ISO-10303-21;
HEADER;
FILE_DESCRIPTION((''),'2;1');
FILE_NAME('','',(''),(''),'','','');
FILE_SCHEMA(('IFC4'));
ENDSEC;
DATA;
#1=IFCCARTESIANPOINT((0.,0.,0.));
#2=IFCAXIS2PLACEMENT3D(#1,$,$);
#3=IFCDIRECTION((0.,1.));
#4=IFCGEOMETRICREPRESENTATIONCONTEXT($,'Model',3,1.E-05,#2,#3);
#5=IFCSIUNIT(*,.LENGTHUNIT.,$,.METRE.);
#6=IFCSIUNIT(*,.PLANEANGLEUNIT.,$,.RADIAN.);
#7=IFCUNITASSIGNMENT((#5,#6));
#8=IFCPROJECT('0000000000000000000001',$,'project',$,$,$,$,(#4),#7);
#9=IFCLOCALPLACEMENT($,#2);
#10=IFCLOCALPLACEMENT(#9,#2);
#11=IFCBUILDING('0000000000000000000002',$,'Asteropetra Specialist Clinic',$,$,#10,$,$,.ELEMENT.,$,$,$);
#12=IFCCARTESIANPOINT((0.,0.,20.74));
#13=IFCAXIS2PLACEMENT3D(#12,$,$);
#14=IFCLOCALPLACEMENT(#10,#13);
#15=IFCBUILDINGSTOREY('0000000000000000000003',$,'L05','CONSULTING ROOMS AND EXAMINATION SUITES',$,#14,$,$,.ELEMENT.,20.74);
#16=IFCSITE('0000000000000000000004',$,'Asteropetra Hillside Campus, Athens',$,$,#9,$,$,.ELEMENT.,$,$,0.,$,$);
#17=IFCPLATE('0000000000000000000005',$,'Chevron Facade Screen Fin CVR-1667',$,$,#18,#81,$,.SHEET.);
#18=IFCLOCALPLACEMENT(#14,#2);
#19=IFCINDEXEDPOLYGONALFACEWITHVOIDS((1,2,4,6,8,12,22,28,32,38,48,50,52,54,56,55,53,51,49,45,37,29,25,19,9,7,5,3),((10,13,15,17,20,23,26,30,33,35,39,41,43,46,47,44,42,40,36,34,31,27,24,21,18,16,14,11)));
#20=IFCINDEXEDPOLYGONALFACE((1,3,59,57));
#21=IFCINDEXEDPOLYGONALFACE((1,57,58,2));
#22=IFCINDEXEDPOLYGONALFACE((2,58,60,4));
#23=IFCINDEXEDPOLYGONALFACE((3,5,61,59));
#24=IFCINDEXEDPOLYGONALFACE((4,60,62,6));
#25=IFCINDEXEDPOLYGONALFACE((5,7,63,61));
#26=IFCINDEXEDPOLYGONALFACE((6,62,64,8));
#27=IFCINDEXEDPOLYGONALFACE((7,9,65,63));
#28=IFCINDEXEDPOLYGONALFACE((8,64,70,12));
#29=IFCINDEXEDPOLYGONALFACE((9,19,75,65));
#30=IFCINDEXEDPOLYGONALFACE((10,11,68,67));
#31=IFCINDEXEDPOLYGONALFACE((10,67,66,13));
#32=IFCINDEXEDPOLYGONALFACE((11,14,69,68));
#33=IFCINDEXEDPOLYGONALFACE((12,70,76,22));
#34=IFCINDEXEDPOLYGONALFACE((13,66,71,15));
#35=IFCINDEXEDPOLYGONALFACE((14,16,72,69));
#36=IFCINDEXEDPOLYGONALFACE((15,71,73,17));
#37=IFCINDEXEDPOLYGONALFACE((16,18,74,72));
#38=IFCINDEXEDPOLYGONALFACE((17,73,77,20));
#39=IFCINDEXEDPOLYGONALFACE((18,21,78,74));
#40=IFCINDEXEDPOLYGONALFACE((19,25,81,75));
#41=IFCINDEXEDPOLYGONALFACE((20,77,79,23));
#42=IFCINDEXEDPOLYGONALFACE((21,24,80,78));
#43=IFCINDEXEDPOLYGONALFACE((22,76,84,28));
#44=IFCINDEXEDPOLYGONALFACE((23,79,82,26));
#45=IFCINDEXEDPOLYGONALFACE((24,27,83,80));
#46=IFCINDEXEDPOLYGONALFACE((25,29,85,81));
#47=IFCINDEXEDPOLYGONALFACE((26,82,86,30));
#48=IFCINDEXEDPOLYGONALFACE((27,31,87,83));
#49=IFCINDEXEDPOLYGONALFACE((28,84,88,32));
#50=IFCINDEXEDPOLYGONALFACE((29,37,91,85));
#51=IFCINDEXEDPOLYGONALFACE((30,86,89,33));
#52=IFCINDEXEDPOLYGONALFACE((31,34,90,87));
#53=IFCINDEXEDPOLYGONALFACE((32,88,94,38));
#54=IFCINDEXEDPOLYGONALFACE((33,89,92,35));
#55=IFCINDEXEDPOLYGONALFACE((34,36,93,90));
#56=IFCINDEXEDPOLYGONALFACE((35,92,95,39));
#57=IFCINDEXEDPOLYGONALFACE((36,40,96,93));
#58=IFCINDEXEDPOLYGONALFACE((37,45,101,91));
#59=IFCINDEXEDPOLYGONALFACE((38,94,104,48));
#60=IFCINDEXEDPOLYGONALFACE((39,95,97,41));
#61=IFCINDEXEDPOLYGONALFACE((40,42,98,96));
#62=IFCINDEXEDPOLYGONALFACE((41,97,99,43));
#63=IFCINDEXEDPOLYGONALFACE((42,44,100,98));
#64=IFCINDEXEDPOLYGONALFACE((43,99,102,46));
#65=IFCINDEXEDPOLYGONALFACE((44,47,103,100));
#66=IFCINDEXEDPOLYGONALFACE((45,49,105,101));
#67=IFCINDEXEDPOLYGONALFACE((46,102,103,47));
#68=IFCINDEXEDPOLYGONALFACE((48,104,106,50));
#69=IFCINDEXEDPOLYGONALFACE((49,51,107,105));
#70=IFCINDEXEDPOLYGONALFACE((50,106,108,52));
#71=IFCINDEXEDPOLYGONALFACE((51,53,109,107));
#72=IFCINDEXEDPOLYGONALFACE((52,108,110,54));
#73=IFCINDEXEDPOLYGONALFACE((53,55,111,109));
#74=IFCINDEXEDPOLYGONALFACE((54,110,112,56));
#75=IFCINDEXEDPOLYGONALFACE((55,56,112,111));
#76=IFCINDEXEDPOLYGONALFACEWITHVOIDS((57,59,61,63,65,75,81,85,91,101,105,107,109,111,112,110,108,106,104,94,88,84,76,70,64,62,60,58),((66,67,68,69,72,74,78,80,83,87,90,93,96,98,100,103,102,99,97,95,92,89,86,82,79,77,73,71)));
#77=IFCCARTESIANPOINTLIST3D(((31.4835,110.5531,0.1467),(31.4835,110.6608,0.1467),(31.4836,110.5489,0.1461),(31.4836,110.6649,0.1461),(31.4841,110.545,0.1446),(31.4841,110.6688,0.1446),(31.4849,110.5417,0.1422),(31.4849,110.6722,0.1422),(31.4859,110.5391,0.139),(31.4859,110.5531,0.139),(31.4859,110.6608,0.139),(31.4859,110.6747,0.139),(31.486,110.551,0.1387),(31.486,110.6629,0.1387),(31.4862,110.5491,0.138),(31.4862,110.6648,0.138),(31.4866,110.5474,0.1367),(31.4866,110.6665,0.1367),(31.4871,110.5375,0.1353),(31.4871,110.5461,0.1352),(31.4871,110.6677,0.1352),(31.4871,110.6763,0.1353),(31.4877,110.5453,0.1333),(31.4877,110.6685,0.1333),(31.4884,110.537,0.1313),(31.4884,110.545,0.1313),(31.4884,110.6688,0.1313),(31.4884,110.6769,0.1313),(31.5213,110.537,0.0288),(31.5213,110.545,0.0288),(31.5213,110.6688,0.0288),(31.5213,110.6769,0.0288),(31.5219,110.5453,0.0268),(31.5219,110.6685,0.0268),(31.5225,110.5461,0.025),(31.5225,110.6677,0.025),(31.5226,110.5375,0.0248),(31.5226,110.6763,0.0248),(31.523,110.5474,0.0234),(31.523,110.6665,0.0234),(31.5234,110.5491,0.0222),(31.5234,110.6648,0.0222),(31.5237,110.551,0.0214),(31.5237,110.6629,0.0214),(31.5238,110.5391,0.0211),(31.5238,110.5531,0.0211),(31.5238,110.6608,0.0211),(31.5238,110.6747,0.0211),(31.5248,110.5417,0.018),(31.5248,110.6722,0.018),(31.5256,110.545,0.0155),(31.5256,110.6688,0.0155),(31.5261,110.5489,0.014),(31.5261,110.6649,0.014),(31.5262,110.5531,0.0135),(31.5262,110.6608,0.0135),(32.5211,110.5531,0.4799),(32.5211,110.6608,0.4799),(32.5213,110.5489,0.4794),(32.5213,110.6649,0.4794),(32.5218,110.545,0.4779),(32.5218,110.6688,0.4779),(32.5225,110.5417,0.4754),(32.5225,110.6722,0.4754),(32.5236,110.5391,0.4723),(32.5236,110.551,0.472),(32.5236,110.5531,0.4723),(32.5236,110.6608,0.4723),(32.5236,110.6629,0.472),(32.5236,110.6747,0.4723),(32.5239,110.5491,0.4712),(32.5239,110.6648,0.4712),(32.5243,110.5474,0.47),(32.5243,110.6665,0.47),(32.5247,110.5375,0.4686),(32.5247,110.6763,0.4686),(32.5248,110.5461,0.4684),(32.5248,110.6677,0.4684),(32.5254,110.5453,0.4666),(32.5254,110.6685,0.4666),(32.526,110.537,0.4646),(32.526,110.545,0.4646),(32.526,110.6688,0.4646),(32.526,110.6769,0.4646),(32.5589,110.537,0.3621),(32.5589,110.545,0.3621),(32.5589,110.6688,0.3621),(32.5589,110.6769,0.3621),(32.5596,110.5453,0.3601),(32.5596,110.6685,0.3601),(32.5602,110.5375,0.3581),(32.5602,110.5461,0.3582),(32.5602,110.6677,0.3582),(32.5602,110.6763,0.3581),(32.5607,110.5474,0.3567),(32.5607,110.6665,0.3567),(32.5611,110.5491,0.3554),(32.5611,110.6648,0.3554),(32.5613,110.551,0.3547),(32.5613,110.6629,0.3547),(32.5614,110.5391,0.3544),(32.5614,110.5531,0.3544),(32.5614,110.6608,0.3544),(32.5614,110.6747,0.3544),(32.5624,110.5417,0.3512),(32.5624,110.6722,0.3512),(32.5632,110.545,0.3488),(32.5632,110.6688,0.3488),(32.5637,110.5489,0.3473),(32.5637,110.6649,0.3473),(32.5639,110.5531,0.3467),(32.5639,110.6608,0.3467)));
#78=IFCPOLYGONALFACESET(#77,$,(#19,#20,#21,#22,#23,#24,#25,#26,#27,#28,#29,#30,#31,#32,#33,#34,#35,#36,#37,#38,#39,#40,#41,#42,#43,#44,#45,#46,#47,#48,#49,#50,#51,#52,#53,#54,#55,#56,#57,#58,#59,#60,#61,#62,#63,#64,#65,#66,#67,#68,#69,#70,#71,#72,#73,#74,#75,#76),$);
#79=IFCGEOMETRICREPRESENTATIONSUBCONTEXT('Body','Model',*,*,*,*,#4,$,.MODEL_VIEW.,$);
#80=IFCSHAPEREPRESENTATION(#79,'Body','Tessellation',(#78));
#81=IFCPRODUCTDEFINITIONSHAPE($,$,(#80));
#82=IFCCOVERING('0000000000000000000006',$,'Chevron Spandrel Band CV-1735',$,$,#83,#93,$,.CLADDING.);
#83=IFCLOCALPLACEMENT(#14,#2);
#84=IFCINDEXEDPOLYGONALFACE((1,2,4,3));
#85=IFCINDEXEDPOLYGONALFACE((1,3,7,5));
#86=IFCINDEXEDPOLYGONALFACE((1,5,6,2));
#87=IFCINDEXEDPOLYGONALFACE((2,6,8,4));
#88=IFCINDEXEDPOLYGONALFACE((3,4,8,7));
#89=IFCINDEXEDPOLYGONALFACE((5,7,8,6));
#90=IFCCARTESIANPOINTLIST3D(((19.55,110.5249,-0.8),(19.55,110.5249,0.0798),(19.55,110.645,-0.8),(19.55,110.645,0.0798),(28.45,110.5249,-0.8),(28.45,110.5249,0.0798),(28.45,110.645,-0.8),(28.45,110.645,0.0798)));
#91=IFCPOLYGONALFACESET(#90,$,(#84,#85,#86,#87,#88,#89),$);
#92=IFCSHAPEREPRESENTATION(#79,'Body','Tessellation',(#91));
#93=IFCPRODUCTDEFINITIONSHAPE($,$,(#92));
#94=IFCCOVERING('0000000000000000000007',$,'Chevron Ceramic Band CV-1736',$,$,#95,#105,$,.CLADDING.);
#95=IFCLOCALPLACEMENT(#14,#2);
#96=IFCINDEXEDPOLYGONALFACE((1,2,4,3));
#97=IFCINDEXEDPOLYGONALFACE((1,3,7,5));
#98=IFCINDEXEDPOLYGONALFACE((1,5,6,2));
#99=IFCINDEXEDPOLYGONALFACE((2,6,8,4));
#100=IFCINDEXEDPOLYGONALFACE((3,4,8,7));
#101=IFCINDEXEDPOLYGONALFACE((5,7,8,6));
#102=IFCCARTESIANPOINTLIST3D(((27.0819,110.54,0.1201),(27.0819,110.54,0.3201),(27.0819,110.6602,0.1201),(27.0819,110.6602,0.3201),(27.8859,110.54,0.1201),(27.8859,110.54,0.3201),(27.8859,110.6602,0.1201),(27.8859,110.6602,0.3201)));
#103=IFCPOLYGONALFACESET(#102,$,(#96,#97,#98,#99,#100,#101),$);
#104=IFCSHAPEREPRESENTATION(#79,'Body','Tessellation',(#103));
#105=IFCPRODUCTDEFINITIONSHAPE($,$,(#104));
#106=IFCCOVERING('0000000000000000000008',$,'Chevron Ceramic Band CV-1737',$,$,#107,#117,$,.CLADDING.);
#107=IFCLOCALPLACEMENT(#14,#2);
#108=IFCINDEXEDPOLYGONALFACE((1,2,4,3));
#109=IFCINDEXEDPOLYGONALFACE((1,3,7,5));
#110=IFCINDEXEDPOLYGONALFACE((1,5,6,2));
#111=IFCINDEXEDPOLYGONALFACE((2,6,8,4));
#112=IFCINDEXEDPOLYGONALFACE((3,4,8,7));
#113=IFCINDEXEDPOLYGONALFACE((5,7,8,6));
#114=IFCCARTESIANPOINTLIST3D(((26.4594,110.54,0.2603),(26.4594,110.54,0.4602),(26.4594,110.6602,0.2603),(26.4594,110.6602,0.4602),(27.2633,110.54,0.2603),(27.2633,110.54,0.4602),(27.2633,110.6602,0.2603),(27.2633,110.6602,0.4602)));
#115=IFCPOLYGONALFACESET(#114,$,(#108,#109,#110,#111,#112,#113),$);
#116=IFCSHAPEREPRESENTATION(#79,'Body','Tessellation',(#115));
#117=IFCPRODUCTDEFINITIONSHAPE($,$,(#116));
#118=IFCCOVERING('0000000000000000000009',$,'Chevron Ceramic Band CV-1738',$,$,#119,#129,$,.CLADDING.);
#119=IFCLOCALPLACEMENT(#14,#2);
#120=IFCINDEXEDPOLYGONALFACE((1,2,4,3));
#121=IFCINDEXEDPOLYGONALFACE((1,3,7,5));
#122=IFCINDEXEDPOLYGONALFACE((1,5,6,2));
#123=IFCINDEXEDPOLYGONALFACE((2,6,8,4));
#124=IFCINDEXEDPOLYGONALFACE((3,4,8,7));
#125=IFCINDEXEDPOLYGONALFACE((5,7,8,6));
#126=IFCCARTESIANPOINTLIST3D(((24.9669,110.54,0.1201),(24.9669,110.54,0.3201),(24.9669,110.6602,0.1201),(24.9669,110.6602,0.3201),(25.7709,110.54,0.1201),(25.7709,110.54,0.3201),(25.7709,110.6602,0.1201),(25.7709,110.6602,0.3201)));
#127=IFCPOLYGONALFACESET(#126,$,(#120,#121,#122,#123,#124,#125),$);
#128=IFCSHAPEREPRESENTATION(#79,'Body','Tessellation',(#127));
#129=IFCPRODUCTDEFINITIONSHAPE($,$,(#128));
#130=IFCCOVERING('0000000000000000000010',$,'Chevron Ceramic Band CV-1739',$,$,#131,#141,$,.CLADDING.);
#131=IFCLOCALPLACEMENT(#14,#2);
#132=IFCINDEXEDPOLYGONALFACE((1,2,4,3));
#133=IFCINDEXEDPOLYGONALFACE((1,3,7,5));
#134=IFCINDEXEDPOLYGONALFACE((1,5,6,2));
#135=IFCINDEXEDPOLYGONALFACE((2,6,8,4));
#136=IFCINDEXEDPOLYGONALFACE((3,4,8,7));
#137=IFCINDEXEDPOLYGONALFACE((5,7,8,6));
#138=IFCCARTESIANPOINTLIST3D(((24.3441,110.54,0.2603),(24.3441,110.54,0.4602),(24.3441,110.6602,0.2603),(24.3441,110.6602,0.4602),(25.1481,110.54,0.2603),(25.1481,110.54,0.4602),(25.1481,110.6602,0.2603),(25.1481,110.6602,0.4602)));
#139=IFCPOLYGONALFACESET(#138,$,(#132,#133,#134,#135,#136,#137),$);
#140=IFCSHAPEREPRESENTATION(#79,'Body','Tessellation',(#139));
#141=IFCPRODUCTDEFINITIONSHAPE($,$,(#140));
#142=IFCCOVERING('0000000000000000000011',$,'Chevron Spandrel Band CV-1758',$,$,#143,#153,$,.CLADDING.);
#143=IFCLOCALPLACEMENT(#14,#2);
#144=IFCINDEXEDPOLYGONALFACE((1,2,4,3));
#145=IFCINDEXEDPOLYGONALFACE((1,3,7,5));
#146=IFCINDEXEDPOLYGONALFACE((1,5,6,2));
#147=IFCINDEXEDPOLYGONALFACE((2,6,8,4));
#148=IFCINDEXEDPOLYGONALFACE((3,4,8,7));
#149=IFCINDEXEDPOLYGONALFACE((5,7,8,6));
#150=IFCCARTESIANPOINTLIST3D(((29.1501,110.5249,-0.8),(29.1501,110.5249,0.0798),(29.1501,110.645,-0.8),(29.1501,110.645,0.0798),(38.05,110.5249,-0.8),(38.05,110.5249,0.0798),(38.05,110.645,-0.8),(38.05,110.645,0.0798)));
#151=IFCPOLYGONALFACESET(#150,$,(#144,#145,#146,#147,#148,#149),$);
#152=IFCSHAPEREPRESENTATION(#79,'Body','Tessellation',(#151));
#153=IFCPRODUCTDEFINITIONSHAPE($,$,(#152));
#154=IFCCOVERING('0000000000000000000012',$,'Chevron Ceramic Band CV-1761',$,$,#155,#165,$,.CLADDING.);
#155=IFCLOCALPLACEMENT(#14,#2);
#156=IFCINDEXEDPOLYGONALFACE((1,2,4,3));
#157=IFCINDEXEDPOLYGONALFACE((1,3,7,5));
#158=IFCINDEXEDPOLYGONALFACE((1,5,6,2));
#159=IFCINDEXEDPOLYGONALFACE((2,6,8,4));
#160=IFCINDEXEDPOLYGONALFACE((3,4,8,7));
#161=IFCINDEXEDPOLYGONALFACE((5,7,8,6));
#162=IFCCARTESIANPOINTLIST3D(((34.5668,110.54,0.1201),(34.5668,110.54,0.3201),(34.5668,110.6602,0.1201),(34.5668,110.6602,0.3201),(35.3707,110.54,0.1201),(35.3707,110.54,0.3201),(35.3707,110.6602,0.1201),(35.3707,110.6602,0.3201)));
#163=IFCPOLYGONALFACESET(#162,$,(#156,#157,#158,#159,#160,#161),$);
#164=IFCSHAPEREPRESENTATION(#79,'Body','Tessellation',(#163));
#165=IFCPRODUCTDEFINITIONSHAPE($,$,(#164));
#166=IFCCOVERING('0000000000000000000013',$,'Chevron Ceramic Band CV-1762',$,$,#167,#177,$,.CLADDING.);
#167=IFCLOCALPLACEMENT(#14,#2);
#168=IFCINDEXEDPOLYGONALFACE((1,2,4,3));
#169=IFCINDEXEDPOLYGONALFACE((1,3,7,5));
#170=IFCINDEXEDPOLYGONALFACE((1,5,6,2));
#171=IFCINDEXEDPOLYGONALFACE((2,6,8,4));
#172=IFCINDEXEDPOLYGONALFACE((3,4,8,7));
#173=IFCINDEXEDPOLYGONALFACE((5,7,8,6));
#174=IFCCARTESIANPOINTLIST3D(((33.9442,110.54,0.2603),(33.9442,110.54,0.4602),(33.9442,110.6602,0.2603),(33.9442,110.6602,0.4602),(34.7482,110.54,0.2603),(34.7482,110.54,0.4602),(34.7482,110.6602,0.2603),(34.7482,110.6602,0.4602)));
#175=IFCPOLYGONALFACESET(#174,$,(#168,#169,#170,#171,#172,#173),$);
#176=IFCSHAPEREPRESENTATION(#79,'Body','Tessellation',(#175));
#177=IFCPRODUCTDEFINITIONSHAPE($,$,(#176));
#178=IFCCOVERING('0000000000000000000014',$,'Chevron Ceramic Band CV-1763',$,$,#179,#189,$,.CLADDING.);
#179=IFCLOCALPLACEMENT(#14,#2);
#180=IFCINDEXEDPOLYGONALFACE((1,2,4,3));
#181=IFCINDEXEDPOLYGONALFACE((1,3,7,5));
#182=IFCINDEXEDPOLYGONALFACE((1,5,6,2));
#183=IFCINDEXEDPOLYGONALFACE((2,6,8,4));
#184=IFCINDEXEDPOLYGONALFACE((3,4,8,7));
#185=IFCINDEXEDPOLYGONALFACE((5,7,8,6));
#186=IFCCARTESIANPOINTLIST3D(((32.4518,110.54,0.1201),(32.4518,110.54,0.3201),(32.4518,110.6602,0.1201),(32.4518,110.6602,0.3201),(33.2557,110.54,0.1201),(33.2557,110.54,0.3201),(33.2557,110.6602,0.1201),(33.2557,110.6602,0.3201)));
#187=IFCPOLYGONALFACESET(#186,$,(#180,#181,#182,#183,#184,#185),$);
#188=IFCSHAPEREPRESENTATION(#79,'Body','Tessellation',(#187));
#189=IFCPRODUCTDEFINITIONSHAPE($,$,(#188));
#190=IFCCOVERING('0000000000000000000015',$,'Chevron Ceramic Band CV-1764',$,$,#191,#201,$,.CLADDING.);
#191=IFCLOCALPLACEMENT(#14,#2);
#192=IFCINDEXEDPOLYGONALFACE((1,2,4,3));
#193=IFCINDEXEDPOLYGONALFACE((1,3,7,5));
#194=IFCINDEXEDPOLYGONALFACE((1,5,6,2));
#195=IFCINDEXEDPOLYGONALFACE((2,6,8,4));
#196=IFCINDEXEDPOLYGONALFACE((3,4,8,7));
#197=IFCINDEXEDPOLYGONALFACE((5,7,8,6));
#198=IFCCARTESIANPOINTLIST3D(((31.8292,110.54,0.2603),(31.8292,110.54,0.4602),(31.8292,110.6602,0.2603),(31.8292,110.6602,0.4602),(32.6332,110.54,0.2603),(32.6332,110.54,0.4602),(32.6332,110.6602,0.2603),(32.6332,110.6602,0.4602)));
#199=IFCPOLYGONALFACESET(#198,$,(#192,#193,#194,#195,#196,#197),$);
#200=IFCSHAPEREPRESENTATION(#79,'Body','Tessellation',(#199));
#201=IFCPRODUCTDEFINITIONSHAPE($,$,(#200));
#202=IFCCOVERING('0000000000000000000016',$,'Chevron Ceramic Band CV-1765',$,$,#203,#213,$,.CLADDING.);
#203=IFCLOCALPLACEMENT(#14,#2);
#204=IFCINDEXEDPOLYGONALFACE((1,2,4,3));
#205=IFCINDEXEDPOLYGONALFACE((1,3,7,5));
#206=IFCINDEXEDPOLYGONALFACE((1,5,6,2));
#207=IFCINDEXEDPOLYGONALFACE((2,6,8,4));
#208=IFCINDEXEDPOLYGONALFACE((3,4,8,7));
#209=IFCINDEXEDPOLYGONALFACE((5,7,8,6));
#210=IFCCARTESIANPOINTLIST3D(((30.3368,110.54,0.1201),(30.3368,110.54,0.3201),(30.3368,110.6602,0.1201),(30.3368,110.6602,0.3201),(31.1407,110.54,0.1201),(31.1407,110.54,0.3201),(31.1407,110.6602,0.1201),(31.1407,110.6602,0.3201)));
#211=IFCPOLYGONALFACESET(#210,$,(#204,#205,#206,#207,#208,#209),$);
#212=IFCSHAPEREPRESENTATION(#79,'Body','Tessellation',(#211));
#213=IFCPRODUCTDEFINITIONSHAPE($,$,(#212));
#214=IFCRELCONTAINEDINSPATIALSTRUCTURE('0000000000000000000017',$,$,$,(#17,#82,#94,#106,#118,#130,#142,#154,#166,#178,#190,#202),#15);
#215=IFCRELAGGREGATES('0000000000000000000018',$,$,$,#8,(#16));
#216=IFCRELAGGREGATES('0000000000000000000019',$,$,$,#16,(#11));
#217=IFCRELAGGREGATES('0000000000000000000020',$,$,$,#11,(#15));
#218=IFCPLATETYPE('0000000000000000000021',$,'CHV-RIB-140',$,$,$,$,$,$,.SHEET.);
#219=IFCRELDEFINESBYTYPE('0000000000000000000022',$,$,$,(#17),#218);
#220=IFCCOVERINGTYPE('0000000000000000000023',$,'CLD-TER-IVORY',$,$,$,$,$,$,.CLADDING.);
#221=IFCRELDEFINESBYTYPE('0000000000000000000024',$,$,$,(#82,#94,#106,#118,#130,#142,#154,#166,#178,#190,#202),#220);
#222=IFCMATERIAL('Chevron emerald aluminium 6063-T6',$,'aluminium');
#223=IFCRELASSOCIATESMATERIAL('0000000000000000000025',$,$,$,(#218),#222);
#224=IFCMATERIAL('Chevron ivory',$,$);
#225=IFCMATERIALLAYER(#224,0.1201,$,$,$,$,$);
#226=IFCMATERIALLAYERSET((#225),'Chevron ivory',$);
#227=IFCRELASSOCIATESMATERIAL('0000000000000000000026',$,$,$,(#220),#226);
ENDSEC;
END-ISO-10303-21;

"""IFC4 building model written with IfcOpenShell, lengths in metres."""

from ifc_helpers import new_model, si_unit, direction, frame, origin, origin_2d, place, context, subcontext, project, spatial, rectangle, hollow_rectangle, extrude, material, layer, layer_set, material_profile, profile_set, type_object, element, save


model = new_model("IFC4")

# Units and contexts
model_context = context("Model", 3, precision=1e-05, world=origin(), true_north=direction((0.0, 1.0)))
body_context = subcontext(model_context, "Body", "Model", "MODEL_VIEW")
ifc_project = project(units=[si_unit("LENGTHUNIT", "METRE"), si_unit("PLANEANGLEUNIT", "RADIAN")], contexts=[model_context])

# Site, building, storey
site_placement = place(None, origin())
site = spatial("IfcSite", under=ifc_project, at=site_placement, Name="Asteropetra Hillside Campus, Athens", CompositionType="ELEMENT", RefElevation=0.0)
building_placement = place(site_placement, origin())
building = spatial("IfcBuilding", under=site, at=building_placement, Name="Asteropetra Specialist Clinic", CompositionType="ELEMENT")
storey_placement = place(building_placement, frame((0.0, 0.0, 20.74)))
storey = spatial("IfcBuildingStorey", under=building, at=storey_placement, Name="L05", Description="CONSULTING ROOMS AND EXAMINATION SUITES", CompositionType="ELEMENT", Elevation=20.74)

# Plate
ifc_material_1 = material(Name="Chevron emerald aluminium 6063-T6", Category="aluminium")
ifc_material_profile_1 = material_profile(ifc_material_1, hollow_rectangle(XDim=0.1399, YDim=0.1399, WallThickness=0.0081, InnerFilletRadius=0.0081, OuterFilletRadius=0.0161, at=origin_2d()), Name="SHS 140x140x8.0")
ifc_profile_set_1 = profile_set([ifc_material_profile_1], Name="Chevron emerald aluminium 6063-T6")
plate_type = type_object("IfcPlateType", Name="CHV-RIB-140", PredefinedType="SHEET", material=ifc_profile_set_1)
for number, where, z_axis, x_axis, name in (
    (1, (32.5425, 110.6069, 0.4133), (-0.952098, 0.0, -0.305792), (0.0, -1.0, 0.0), "Chevron Facade Screen Fin CVR-1667"),
):
    element("IfcPlate", number, at=place(storey_placement, frame(where, z_axis=z_axis, x_axis=x_axis)), inside=storey, type_object=plate_type, Name=name, PredefinedType="SHEET", context=body_context, shape_type="SweptSolid", body=[
        extrude(hollow_rectangle(XDim=0.1399, YDim=0.1399, WallThickness=0.0081, InnerFilletRadius=0.0081, OuterFilletRadius=0.0161, at=origin_2d()), origin(), (0.0, 0.0, 1.0), 1.0898),
    ])

# Coverings
ifc_material_2 = material(Name="Chevron ivory")
ifc_layer_1 = layer(ifc_material_2, 0.1201)
ifc_layer_set_1 = layer_set([ifc_layer_1], Name="Chevron ivory")
covering_type_1 = type_object("IfcCoveringType", Name="CLD-TER-IVORY", PredefinedType="CLADDING", material=ifc_layer_set_1)
covering_1_placement = place(storey_placement, frame((24.0, 110.585, -0.8), z_axis=(0.0, 0.0, 1.0), x_axis=(1.0, 0.0, 0.0)))
element("IfcCovering", 2, at=covering_1_placement, inside=storey, type_object=covering_type_1, Name="Chevron Spandrel Band CV-1735", PredefinedType="CLADDING", context=body_context, shape_type="SweptSolid", body=[
    extrude(rectangle(XDim=8.8999, YDim=0.1201, at=origin_2d()), origin(), (0.0, 0.0, 1.0), 0.8799),
])
for number, where, z_axis, x_axis, name in (
    (3, (27.4839, 110.6001, 0.1201), (0.0, 0.0, 1.0), (1.0, 0.0, 0.0), "Chevron Ceramic Band CV-1736"),
    (4, (26.8613, 110.6001, 0.2603), (0.0, 0.0, 1.0), (1.0, 0.0, 0.0), "Chevron Ceramic Band CV-1737"),
    (5, (25.3689, 110.6001, 0.1201), (0.0, 0.0, 1.0), (1.0, 0.0, 0.0), "Chevron Ceramic Band CV-1738"),
    (6, (24.7461, 110.6001, 0.2603), (0.0, 0.0, 1.0), (1.0, 0.0, 0.0), "Chevron Ceramic Band CV-1739"),
):
    element("IfcCovering", number, at=place(storey_placement, frame(where, z_axis=z_axis, x_axis=x_axis)), inside=storey, type_object=covering_type_1, Name=name, PredefinedType="CLADDING", context=body_context, shape_type="SweptSolid", body=[
        extrude(rectangle(XDim=0.804, YDim=0.1201, at=origin_2d()), origin(), (0.0, 0.0, 1.0), 0.2),
    ])
covering_2_placement = place(storey_placement, frame((33.6001, 110.585, -0.8), z_axis=(0.0, 0.0, 1.0), x_axis=(1.0, 0.0, 0.0)))
element("IfcCovering", 7, at=covering_2_placement, inside=storey, type_object=covering_type_1, Name="Chevron Spandrel Band CV-1758", PredefinedType="CLADDING", context=body_context, shape_type="SweptSolid", body=[
    extrude(rectangle(XDim=8.8999, YDim=0.1201, at=origin_2d()), origin(), (0.0, 0.0, 1.0), 0.8799),
])
for number, where, z_axis, x_axis, name in (
    (8, (34.9688, 110.6001, 0.1201), (0.0, 0.0, 1.0), (1.0, 0.0, 0.0), "Chevron Ceramic Band CV-1761"),
    (9, (34.3462, 110.6001, 0.2603), (0.0, 0.0, 1.0), (1.0, 0.0, 0.0), "Chevron Ceramic Band CV-1762"),
    (10, (32.8538, 110.6001, 0.1201), (0.0, 0.0, 1.0), (1.0, 0.0, 0.0), "Chevron Ceramic Band CV-1763"),
    (11, (32.2312, 110.6001, 0.2603), (0.0, 0.0, 1.0), (1.0, 0.0, 0.0), "Chevron Ceramic Band CV-1764"),
    (12, (30.7388, 110.6001, 0.1201), (0.0, 0.0, 1.0), (1.0, 0.0, 0.0), "Chevron Ceramic Band CV-1765"),
):
    element("IfcCovering", number, at=place(storey_placement, frame(where, z_axis=z_axis, x_axis=x_axis)), inside=storey, type_object=covering_type_1, Name=name, PredefinedType="CLADDING", context=body_context, shape_type="SweptSolid", body=[
        extrude(rectangle(XDim=0.804, YDim=0.1201, at=origin_2d()), origin(), (0.0, 0.0, 1.0), 0.2),
    ])

save(model, "model.ifc")
